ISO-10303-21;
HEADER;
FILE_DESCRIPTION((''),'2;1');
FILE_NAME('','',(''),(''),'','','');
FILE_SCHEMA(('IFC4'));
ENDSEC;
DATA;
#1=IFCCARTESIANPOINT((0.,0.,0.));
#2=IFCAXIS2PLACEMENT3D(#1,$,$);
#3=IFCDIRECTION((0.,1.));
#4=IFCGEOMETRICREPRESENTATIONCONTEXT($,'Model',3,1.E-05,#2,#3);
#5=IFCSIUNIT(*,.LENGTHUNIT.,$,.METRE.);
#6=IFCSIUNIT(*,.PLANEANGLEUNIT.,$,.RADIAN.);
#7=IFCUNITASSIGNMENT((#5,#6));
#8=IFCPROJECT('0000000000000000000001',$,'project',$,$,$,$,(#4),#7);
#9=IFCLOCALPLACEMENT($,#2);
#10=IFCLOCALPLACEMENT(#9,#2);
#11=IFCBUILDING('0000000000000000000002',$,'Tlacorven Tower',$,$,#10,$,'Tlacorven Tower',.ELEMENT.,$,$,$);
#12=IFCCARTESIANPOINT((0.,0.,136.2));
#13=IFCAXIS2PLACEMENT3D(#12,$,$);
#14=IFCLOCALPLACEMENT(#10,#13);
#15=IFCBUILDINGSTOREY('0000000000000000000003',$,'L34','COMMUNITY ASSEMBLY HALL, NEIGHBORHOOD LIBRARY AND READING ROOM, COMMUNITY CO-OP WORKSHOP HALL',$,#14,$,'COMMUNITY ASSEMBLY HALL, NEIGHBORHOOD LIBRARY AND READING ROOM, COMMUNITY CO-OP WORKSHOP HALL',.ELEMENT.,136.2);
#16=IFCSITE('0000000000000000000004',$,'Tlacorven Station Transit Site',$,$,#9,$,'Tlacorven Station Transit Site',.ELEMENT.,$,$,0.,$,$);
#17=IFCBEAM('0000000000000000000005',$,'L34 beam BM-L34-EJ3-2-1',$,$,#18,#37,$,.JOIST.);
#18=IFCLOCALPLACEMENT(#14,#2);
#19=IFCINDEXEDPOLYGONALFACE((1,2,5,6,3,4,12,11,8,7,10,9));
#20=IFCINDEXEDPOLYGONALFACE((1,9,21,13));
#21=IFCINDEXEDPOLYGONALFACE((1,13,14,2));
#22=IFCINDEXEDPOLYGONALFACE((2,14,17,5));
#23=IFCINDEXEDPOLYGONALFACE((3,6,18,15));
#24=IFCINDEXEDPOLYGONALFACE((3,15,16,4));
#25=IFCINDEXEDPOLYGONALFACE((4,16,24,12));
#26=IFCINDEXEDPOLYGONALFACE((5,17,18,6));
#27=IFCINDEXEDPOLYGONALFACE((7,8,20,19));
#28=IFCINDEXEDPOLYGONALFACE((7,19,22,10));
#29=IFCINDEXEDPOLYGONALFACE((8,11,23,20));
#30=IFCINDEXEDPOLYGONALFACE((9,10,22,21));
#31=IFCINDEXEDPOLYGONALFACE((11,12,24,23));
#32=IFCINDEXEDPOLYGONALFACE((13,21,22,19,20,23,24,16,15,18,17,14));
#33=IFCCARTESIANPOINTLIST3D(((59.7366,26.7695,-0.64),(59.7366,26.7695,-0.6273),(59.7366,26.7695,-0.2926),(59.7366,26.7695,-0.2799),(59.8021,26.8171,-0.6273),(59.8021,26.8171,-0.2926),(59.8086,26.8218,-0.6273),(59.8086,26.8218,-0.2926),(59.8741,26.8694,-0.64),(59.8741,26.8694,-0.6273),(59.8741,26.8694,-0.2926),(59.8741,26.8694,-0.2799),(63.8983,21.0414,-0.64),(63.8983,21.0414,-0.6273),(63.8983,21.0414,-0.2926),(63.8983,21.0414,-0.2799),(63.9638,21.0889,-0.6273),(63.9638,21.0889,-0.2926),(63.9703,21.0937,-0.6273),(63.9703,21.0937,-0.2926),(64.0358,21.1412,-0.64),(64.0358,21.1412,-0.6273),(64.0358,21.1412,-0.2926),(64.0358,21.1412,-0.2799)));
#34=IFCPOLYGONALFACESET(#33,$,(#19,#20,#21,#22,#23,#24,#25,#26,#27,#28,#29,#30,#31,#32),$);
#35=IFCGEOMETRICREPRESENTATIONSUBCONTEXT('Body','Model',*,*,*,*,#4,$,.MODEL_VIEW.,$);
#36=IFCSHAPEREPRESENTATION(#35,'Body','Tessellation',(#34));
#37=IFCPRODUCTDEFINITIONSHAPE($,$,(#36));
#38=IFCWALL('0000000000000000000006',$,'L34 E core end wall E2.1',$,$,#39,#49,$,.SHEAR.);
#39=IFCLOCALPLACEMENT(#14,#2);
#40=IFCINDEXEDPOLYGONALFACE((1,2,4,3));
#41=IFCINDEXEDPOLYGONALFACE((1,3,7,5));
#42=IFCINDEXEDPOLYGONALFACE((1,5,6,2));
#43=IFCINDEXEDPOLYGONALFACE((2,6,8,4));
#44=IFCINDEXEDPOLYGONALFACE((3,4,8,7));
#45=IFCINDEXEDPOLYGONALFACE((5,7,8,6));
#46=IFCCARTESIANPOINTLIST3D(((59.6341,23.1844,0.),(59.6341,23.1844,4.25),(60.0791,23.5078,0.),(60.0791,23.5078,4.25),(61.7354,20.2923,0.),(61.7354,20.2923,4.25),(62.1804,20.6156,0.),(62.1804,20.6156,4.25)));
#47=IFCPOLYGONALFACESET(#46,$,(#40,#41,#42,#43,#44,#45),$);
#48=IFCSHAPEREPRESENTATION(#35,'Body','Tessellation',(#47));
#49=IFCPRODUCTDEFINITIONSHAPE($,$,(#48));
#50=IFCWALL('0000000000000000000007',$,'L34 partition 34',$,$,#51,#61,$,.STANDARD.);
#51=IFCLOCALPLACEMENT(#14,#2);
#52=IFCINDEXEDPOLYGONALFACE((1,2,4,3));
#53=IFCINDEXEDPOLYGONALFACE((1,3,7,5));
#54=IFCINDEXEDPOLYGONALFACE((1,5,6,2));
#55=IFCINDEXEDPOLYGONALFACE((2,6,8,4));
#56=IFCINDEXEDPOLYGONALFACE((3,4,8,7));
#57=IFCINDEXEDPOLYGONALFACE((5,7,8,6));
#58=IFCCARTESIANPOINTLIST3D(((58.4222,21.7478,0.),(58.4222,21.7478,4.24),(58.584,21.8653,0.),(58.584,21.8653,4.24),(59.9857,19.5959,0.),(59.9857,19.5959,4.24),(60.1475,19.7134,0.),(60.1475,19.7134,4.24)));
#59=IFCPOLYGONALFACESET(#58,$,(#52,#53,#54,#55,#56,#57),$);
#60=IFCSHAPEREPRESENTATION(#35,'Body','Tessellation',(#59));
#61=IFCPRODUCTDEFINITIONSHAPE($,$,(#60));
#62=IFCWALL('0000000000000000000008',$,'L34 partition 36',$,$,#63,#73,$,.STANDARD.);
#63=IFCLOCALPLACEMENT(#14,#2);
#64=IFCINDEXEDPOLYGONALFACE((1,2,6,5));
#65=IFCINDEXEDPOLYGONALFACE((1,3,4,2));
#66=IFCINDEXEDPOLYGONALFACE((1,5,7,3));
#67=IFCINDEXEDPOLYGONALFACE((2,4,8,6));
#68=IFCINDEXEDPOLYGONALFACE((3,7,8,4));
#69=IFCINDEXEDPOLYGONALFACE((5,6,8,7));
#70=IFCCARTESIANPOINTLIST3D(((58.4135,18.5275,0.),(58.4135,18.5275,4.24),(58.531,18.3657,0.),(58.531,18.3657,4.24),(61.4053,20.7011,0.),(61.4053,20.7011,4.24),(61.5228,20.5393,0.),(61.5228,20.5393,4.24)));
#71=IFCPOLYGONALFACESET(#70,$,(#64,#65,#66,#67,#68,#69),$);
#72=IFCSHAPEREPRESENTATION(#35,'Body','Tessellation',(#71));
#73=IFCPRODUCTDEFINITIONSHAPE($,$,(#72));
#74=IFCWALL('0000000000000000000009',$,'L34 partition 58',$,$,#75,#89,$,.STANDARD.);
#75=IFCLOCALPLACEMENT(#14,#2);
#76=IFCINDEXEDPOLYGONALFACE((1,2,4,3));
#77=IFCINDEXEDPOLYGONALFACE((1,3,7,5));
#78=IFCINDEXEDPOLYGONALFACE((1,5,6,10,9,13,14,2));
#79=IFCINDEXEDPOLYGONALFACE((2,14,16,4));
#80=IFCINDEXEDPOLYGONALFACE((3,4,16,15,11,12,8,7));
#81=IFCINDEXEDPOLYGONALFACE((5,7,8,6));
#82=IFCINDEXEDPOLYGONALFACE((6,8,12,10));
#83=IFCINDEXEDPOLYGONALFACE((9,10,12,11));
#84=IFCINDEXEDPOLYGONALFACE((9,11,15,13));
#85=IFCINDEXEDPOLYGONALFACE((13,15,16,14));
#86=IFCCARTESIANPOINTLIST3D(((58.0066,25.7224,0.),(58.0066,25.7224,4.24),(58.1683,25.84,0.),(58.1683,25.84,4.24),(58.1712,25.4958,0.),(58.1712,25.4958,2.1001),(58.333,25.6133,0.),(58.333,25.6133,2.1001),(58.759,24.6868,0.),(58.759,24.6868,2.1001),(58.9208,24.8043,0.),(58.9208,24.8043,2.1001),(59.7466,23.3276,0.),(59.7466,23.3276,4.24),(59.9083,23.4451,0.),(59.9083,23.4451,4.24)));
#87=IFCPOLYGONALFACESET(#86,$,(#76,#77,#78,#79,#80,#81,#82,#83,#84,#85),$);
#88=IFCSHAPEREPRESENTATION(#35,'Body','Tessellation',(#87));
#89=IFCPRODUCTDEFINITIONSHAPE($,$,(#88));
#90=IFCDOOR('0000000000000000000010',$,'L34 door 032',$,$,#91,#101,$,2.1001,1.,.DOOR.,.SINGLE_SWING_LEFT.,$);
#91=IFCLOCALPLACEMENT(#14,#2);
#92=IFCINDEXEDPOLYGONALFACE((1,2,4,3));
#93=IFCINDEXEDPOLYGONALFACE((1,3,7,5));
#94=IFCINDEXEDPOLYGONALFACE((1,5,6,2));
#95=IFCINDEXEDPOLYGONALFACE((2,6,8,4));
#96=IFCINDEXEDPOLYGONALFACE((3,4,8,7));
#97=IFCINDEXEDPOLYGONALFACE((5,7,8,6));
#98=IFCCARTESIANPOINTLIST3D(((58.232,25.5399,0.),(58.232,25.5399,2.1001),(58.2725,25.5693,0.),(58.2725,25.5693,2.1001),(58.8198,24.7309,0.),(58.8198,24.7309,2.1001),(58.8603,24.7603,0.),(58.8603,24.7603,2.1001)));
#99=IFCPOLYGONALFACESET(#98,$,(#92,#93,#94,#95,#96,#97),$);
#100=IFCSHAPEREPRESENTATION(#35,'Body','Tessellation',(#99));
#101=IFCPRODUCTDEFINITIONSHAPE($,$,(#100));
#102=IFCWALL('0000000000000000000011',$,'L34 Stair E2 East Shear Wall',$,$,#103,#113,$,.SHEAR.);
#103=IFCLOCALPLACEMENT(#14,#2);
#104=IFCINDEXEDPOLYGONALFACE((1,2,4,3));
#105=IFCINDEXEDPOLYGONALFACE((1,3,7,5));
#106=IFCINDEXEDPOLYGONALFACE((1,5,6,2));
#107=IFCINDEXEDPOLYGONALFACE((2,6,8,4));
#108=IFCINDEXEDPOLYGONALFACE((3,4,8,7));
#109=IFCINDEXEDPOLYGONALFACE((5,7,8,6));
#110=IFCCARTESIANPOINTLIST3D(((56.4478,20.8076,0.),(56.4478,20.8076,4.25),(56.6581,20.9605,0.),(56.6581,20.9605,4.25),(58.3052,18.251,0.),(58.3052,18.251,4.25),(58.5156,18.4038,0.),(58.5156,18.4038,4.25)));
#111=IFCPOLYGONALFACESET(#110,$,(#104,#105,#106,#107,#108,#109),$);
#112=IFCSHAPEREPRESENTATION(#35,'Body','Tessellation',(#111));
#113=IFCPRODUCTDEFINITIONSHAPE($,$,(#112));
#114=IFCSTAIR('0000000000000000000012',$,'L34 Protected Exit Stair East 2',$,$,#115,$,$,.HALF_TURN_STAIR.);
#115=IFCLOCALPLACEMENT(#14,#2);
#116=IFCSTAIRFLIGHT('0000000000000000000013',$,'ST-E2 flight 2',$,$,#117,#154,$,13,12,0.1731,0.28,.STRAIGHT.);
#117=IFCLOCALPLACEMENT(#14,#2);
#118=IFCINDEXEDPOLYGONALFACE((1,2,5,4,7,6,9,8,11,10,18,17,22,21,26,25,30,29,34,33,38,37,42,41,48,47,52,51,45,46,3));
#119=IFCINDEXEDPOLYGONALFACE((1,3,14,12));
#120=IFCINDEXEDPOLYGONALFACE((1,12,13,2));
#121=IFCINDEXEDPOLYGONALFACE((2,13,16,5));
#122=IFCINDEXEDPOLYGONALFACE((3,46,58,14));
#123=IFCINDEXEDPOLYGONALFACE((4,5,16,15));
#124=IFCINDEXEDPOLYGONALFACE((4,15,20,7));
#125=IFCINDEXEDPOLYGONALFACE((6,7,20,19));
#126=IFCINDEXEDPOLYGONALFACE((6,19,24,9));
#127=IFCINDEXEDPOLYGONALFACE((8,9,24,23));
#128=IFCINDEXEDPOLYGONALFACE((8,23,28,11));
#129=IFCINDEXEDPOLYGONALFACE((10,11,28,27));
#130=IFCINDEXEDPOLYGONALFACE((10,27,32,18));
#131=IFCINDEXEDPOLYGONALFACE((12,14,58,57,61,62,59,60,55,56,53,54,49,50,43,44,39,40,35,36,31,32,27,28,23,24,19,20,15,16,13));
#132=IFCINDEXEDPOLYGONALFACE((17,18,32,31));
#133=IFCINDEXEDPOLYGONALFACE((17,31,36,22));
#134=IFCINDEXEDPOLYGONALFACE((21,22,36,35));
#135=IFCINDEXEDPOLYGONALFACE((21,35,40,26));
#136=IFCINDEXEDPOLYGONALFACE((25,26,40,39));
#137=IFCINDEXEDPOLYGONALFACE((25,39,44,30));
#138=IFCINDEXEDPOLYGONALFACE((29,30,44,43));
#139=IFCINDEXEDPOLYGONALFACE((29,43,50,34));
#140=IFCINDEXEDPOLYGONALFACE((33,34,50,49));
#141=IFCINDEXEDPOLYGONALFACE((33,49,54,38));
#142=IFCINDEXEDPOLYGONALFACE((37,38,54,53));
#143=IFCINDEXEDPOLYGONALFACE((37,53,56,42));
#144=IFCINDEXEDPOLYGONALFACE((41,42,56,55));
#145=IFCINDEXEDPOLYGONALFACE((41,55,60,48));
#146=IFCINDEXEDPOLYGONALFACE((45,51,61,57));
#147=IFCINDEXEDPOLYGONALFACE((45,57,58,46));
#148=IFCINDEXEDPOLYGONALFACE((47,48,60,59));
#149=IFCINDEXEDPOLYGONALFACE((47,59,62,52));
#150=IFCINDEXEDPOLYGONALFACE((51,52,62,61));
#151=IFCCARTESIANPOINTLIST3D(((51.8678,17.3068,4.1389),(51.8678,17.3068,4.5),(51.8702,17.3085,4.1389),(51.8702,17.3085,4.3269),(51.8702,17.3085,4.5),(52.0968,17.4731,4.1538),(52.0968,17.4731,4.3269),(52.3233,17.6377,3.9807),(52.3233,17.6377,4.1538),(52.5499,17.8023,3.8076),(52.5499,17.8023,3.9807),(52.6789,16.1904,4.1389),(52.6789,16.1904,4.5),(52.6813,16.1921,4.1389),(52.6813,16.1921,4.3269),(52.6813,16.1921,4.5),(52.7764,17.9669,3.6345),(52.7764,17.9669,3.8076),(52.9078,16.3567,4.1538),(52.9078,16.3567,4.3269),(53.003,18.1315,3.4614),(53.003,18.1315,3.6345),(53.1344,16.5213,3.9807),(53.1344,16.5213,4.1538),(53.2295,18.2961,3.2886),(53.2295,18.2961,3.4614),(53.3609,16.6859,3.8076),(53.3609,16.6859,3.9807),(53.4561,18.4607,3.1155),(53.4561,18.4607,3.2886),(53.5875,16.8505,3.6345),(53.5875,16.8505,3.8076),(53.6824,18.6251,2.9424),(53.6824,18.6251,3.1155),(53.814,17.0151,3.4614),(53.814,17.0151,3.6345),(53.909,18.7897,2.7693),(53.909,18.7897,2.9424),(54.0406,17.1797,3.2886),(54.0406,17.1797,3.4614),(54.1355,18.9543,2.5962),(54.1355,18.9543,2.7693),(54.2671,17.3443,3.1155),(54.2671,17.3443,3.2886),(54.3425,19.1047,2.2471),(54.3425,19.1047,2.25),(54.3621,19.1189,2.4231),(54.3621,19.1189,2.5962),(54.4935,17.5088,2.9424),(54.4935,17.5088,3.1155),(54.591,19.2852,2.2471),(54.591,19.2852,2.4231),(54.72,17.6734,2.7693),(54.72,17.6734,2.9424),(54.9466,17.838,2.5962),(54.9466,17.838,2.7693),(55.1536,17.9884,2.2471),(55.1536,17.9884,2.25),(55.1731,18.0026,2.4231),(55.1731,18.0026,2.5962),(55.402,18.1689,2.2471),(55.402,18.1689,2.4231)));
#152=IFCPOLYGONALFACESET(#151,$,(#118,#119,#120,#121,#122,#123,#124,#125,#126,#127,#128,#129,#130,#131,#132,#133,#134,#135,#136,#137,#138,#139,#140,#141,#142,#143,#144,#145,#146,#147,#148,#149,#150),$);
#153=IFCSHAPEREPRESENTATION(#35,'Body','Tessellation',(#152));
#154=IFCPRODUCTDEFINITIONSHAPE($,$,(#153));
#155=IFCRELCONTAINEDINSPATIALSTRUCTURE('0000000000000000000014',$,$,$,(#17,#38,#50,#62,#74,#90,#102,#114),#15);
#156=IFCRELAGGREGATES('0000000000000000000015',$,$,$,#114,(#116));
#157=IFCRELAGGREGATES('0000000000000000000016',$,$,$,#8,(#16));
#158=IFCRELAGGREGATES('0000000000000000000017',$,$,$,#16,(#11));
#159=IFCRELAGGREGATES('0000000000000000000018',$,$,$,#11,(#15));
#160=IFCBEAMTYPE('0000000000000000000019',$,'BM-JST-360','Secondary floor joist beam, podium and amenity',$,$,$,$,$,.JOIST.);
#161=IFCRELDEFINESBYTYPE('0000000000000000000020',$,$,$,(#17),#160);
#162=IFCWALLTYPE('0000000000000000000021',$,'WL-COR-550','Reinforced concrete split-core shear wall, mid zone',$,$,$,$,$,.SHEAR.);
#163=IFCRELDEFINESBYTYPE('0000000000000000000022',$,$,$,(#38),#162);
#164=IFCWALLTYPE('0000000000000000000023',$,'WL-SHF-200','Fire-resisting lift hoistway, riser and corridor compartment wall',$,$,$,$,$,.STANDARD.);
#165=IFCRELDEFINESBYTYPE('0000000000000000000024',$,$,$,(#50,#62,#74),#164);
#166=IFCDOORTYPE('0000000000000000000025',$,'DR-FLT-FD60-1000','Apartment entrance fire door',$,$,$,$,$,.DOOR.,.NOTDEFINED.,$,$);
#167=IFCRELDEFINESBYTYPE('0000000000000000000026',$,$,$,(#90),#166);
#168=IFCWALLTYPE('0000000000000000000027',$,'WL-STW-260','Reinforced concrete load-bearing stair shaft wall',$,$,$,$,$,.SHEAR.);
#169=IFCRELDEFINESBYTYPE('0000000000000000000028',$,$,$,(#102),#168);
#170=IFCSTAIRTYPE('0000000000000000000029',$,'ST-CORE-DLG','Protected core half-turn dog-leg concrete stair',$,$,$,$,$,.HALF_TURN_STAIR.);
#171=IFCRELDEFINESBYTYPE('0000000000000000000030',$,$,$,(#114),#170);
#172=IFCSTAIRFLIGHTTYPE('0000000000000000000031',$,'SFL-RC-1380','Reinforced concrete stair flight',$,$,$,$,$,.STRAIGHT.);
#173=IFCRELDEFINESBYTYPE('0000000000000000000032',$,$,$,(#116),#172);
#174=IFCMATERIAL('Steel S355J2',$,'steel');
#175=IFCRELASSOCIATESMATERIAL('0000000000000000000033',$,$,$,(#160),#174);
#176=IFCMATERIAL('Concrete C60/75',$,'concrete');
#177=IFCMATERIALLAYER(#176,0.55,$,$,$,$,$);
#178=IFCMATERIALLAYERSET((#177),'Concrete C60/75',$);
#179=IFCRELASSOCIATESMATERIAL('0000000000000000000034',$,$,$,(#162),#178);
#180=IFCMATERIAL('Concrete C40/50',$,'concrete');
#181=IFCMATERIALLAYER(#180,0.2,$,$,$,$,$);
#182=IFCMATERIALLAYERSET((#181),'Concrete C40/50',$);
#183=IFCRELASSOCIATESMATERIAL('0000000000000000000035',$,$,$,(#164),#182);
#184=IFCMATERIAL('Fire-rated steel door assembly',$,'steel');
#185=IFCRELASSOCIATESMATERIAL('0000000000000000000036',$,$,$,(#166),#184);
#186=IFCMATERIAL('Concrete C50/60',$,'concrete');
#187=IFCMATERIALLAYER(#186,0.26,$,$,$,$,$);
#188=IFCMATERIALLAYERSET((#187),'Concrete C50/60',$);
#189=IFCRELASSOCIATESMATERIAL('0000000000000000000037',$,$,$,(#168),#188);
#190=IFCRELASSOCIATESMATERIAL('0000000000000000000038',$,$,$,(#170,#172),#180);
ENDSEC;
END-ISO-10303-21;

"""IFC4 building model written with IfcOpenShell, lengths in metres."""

from ifc_helpers import new_model, si_unit, direction, frame, frame_2d, origin, origin_2d, place, context, subcontext, project, spatial, polyline, rectangle, i_section, outline, extrude, source, transform, mapped, material, layer, layer_set, material_profile, profile_set, type_object, element, fill, aggregate, save


model = new_model("IFC4")

# Units and contexts
model_context = context("Model", 3, precision=1e-05, world=origin(), true_north=direction((0.0, 1.0)))
body_context = subcontext(model_context, "Body", "Model", "MODEL_VIEW")
ifc_project = project(units=[si_unit("LENGTHUNIT", "METRE"), si_unit("PLANEANGLEUNIT", "RADIAN")], contexts=[model_context])

# Site, building, storey
site_placement = place(None, origin())
site = spatial("IfcSite", under=ifc_project, at=site_placement, Name="Tlacorven Station Transit Site", LongName="Tlacorven Station Transit Site", CompositionType="ELEMENT", RefElevation=0.0)
building_placement = place(site_placement, origin())
building = spatial("IfcBuilding", under=site, at=building_placement, Name="Tlacorven Tower", LongName="Tlacorven Tower", CompositionType="ELEMENT")
storey_placement = place(building_placement, frame((0.0, 0.0, 136.2)))
storey = spatial("IfcBuildingStorey", under=building, at=storey_placement, Name="L34", Description="COMMUNITY ASSEMBLY HALL, NEIGHBORHOOD LIBRARY AND READING ROOM, COMMUNITY CO-OP WORKSHOP HALL", LongName="COMMUNITY ASSEMBLY HALL, NEIGHBORHOOD LIBRARY AND READING ROOM, COMMUNITY CO-OP WORKSHOP HALL", CompositionType="ELEMENT", Elevation=136.2)

# Beam
ifc_material_1 = material(Name="Concrete C60/75", Category="concrete")
ifc_material_2 = material(Name="Steel S355J2", Category="steel")
ifc_material_profile_1 = material_profile(ifc_material_2, i_section(OverallWidth=0.1699, OverallDepth=0.3601, WebThickness=0.0081, FlangeThickness=0.0127, at=origin_2d()), Name="IPE 360")
ifc_profile_set_1 = profile_set([ifc_material_profile_1], Name="Steel S355J2")
beam_type_1 = type_object("IfcBeamType", Name="BM-JST-360", Description="Secondary floor joist beam, podium and amenity", PredefinedType="JOIST", material=ifc_profile_set_1)
shared_shape_1 = source(origin(), body_context, "Body", "SweptSolid", [
    extrude(i_section(OverallWidth=0.1699, OverallDepth=0.3601, WebThickness=0.0081, FlangeThickness=0.0127, at=origin_2d()), origin(), (0.0, 0.0, 1.0), 7.0803),
])
beam_1_placement = place(storey_placement, frame((63.967, 21.0913, -0.46), z_axis=(-0.587782, 0.809019, 0.0), x_axis=(-0.809019, -0.587782, 0.0)))
element("IfcBeam", 1, at=beam_1_placement, inside=storey, type_object=beam_type_1, Name="L34 beam BM-L34-EJ3-2-1", PredefinedType="JOIST", context=body_context, shape_type="MappedRepresentation", body=[
    mapped(shared_shape_1, transform((0.0, 0.0, 0.0), scale=1.0)),
])

# Wall
ifc_layer_1 = layer(ifc_material_1, 0.55)
ifc_layer_set_1 = layer_set([ifc_layer_1], Name="Concrete C60/75")
wall_type_1 = type_object("IfcWallType", Name="WL-COR-550", Description="Reinforced concrete split-core shear wall, mid zone", PredefinedType="SHEAR", material=ifc_layer_set_1)
wall_1_placement = place(storey_placement, frame((61.958, 20.4539, 0.0), z_axis=(0.0, 0.0, 1.0), x_axis=(-0.587802, 0.809005, 0.0)))
element("IfcWall", 2, at=wall_1_placement, inside=storey, type_object=wall_type_1, Name="L34 E core end wall E2.1", PredefinedType="SHEAR", context=body_context, shape_type="SweptSolid", body=[
    extrude(rectangle(XDim=3.575, YDim=0.55, at=frame_2d((1.7876, 0.0))), origin(), (0.0, 0.0, 1.0), 4.25),
])

# Shared definitions
ifc_material_3 = material(Name="Concrete C40/50", Category="concrete")
ifc_layer_2 = layer(ifc_material_3, 0.2)
ifc_layer_set_2 = layer_set([ifc_layer_2], Name="Concrete C40/50")
wall_type_2 = type_object("IfcWallType", Name="WL-SHF-200", Description="Fire-resisting lift hoistway, riser and corridor compartment wall", PredefinedType="STANDARD", material=ifc_layer_set_2)
ifc_material_4 = material(Name="Fire-rated steel door assembly", Category="steel")

# Walls
wall_2_placement = place(storey_placement, frame((60.0667, 19.6545, 0.0), z_axis=(0.0, 0.0, 1.0), x_axis=(-0.587801, 0.809006, 0.0)))
element("IfcWall", 3, at=wall_2_placement, inside=storey, type_object=wall_type_2, Name="L34 partition 34", PredefinedType="STANDARD", context=body_context, shape_type="SweptSolid", body=[
    extrude(rectangle(XDim=2.6599, YDim=0.2, at=frame_2d((1.3301, 0.0))), origin(), (0.0, 0.0, 1.0), 4.24),
])
wall_3_placement = place(storey_placement, frame((58.4722, 18.4465, 0.0), z_axis=(0.0, 0.0, 1.0), x_axis=(0.809019, 0.587783, 0.0)))
element("IfcWall", 4, at=wall_3_placement, inside=storey, type_object=wall_type_2, Name="L34 partition 36", PredefinedType="STANDARD", context=body_context, shape_type="SweptSolid", body=[
    extrude(rectangle(XDim=3.698, YDim=0.2, at=frame_2d((1.8491, 0.0))), origin(), (0.0, 0.0, 1.0), 4.24),
])

# Wall, opening, door
wall_4_placement = place(storey_placement, frame((59.8274, 23.3865, 0.0), z_axis=(0.0, 0.0, 1.0), x_axis=(-0.587804, 0.809003, 0.0)))
wall_4 = element("IfcWall", 5, at=wall_4_placement, inside=storey, type_object=wall_type_2, Name="L34 partition 58", PredefinedType="STANDARD", context=body_context, shape_type="SweptSolid", body=[
    extrude(rectangle(XDim=2.9602, YDim=0.2, at=frame_2d((1.48, 0.0))), origin(), (0.0, 0.0, 1.0), 4.24),
])
opening_1_placement = place(wall_4_placement, frame((1.6799, 0.0, 0.0)))
opening_1 = element("IfcOpeningElement", 6, at=opening_1_placement, cuts=wall_4, PredefinedType="OPENING", context=body_context, shape_type="SweptSolid", body=[
    extrude(rectangle(XDim=1.0, YDim=2.1001, at=frame_2d((0.5, 1.05))), frame((0.0, 0.1099, 0.0), z_axis=(0.0, -1.0, 0.0), x_axis=(1.0, 0.0, 0.0)), (0.0, 0.0, 1.0), 0.22),
])
door_type_1 = type_object("IfcDoorType", Name="DR-FLT-FD60-1000", Description="Apartment entrance fire door", OperationType="NOTDEFINED", PredefinedType="DOOR", material=ifc_material_4)
shared_shape_2 = source(origin(), body_context, "Body", "SweptSolid", [
    extrude(rectangle(XDim=1.0, YDim=2.1001, at=frame_2d((0.5, 1.05))), frame((0.0, 0.0249, 0.0), z_axis=(0.0, -1.0, 0.0), x_axis=(1.0, 0.0, 0.0)), (0.0, 0.0, 1.0), 0.05),
])
door_1_placement = place(opening_1_placement, origin())
door_1 = element("IfcDoor", 7, at=door_1_placement, inside=storey, type_object=door_type_1, Name="L34 door 032", OperationType="SINGLE_SWING_LEFT", OverallHeight=2.1001, OverallWidth=1.0, PredefinedType="DOOR", context=body_context, shape_type="MappedRepresentation", body=[
    mapped(shared_shape_2, transform((0.0, 0.0, 0.0), scale=1.0)),
])
fill(opening_1, door_1)

# Wall
ifc_material_5 = material(Name="Concrete C50/60", Category="concrete")
ifc_layer_3 = layer(ifc_material_5, 0.26)
ifc_layer_set_3 = layer_set([ifc_layer_3], Name="Concrete C50/60")
wall_type_3 = type_object("IfcWallType", Name="WL-STW-260", Description="Reinforced concrete load-bearing stair shaft wall", PredefinedType="SHEAR", material=ifc_layer_set_3)
wall_5_placement = place(storey_placement, frame((58.4104, 18.3274, 0.0), z_axis=(0.0, 0.0, 1.0), x_axis=(-0.587767, 0.80903, 0.0)))
element("IfcWall", 8, at=wall_5_placement, inside=storey, type_object=wall_type_3, Name="L34 Stair E2 East Shear Wall", PredefinedType="SHEAR", context=body_context, shape_type="SweptSolid", body=[
    extrude(rectangle(XDim=3.1602, YDim=0.26, at=frame_2d((1.5801, 0.0))), origin(), (0.0, 0.0, 1.0), 4.25),
])

# Stair, stair flight
stair_type = type_object("IfcStairType", Name="ST-CORE-DLG", Description="Protected core half-turn dog-leg concrete stair", PredefinedType="HALF_TURN_STAIR", material=ifc_material_3)
stair_placement = place(storey_placement, origin())
stair = element("IfcStair", 9, at=stair_placement, inside=storey, type_object=stair_type, Name="L34 Protected Exit Stair East 2", PredefinedType="HALF_TURN_STAIR")
stair_flight_type = type_object("IfcStairFlightType", Name="SFL-RC-1380", Description="Reinforced concrete stair flight", PredefinedType="STRAIGHT", material=ifc_material_3)
shared_shape_3 = source(origin(), body_context, "Body", "SweptSolid", [
    extrude(outline(polyline([(-0.0029, -0.0029), (-0.0029, 0.1731), (0.28, 0.1731), (0.28, 0.3462), (0.5601, 0.3462), (0.5601, 0.5193), (0.8401, 0.5193), (0.8401, 0.6924), (1.1201, 0.6924), (1.1201, 0.8655), (1.3999, 0.8655), (1.3999, 1.0386), (1.6799, 1.0386), (1.6799, 1.2114), (1.96, 1.2114), (1.96, 1.3845), (2.24, 1.3845), (2.24, 1.5576), (2.52, 1.5576), (2.52, 1.7307), (2.8, 1.7307), (2.8, 1.9038), (3.0801, 1.9038), (3.0801, 2.0769), (3.3601, 2.0769), (3.3601, 2.25), (3.363, 2.25), (3.363, 1.8889), (3.3601, 1.8889), (0.3042, 0.0), (0.3042, -0.0029), (-0.0029, -0.0029)])), frame((0.0, 0.6899, 0.0), z_axis=(0.0, -1.0, 0.0), x_axis=(1.0, 0.0, 0.0)), (0.0, 0.0, 1.0), 1.3799),
])
stair_flight_placement = place(storey_placement, frame((54.9941, 18.7253, 2.25), z_axis=(0.0, 0.0, 1.0), x_axis=(-0.809017, -0.587785, 0.0)))
stair_flight = element("IfcStairFlight", 10, at=stair_flight_placement, type_object=stair_flight_type, Name="ST-E2 flight 2", NumberOfRisers=13, NumberOfTreads=12, PredefinedType="STRAIGHT", RiserHeight=0.1731, TreadLength=0.28, context=body_context, shape_type="MappedRepresentation", body=[
    mapped(shared_shape_3, transform((0.0, 0.0, 0.0), scale=1.0)),
])
aggregate(stair, [stair_flight])

save(model, "model.ifc")
